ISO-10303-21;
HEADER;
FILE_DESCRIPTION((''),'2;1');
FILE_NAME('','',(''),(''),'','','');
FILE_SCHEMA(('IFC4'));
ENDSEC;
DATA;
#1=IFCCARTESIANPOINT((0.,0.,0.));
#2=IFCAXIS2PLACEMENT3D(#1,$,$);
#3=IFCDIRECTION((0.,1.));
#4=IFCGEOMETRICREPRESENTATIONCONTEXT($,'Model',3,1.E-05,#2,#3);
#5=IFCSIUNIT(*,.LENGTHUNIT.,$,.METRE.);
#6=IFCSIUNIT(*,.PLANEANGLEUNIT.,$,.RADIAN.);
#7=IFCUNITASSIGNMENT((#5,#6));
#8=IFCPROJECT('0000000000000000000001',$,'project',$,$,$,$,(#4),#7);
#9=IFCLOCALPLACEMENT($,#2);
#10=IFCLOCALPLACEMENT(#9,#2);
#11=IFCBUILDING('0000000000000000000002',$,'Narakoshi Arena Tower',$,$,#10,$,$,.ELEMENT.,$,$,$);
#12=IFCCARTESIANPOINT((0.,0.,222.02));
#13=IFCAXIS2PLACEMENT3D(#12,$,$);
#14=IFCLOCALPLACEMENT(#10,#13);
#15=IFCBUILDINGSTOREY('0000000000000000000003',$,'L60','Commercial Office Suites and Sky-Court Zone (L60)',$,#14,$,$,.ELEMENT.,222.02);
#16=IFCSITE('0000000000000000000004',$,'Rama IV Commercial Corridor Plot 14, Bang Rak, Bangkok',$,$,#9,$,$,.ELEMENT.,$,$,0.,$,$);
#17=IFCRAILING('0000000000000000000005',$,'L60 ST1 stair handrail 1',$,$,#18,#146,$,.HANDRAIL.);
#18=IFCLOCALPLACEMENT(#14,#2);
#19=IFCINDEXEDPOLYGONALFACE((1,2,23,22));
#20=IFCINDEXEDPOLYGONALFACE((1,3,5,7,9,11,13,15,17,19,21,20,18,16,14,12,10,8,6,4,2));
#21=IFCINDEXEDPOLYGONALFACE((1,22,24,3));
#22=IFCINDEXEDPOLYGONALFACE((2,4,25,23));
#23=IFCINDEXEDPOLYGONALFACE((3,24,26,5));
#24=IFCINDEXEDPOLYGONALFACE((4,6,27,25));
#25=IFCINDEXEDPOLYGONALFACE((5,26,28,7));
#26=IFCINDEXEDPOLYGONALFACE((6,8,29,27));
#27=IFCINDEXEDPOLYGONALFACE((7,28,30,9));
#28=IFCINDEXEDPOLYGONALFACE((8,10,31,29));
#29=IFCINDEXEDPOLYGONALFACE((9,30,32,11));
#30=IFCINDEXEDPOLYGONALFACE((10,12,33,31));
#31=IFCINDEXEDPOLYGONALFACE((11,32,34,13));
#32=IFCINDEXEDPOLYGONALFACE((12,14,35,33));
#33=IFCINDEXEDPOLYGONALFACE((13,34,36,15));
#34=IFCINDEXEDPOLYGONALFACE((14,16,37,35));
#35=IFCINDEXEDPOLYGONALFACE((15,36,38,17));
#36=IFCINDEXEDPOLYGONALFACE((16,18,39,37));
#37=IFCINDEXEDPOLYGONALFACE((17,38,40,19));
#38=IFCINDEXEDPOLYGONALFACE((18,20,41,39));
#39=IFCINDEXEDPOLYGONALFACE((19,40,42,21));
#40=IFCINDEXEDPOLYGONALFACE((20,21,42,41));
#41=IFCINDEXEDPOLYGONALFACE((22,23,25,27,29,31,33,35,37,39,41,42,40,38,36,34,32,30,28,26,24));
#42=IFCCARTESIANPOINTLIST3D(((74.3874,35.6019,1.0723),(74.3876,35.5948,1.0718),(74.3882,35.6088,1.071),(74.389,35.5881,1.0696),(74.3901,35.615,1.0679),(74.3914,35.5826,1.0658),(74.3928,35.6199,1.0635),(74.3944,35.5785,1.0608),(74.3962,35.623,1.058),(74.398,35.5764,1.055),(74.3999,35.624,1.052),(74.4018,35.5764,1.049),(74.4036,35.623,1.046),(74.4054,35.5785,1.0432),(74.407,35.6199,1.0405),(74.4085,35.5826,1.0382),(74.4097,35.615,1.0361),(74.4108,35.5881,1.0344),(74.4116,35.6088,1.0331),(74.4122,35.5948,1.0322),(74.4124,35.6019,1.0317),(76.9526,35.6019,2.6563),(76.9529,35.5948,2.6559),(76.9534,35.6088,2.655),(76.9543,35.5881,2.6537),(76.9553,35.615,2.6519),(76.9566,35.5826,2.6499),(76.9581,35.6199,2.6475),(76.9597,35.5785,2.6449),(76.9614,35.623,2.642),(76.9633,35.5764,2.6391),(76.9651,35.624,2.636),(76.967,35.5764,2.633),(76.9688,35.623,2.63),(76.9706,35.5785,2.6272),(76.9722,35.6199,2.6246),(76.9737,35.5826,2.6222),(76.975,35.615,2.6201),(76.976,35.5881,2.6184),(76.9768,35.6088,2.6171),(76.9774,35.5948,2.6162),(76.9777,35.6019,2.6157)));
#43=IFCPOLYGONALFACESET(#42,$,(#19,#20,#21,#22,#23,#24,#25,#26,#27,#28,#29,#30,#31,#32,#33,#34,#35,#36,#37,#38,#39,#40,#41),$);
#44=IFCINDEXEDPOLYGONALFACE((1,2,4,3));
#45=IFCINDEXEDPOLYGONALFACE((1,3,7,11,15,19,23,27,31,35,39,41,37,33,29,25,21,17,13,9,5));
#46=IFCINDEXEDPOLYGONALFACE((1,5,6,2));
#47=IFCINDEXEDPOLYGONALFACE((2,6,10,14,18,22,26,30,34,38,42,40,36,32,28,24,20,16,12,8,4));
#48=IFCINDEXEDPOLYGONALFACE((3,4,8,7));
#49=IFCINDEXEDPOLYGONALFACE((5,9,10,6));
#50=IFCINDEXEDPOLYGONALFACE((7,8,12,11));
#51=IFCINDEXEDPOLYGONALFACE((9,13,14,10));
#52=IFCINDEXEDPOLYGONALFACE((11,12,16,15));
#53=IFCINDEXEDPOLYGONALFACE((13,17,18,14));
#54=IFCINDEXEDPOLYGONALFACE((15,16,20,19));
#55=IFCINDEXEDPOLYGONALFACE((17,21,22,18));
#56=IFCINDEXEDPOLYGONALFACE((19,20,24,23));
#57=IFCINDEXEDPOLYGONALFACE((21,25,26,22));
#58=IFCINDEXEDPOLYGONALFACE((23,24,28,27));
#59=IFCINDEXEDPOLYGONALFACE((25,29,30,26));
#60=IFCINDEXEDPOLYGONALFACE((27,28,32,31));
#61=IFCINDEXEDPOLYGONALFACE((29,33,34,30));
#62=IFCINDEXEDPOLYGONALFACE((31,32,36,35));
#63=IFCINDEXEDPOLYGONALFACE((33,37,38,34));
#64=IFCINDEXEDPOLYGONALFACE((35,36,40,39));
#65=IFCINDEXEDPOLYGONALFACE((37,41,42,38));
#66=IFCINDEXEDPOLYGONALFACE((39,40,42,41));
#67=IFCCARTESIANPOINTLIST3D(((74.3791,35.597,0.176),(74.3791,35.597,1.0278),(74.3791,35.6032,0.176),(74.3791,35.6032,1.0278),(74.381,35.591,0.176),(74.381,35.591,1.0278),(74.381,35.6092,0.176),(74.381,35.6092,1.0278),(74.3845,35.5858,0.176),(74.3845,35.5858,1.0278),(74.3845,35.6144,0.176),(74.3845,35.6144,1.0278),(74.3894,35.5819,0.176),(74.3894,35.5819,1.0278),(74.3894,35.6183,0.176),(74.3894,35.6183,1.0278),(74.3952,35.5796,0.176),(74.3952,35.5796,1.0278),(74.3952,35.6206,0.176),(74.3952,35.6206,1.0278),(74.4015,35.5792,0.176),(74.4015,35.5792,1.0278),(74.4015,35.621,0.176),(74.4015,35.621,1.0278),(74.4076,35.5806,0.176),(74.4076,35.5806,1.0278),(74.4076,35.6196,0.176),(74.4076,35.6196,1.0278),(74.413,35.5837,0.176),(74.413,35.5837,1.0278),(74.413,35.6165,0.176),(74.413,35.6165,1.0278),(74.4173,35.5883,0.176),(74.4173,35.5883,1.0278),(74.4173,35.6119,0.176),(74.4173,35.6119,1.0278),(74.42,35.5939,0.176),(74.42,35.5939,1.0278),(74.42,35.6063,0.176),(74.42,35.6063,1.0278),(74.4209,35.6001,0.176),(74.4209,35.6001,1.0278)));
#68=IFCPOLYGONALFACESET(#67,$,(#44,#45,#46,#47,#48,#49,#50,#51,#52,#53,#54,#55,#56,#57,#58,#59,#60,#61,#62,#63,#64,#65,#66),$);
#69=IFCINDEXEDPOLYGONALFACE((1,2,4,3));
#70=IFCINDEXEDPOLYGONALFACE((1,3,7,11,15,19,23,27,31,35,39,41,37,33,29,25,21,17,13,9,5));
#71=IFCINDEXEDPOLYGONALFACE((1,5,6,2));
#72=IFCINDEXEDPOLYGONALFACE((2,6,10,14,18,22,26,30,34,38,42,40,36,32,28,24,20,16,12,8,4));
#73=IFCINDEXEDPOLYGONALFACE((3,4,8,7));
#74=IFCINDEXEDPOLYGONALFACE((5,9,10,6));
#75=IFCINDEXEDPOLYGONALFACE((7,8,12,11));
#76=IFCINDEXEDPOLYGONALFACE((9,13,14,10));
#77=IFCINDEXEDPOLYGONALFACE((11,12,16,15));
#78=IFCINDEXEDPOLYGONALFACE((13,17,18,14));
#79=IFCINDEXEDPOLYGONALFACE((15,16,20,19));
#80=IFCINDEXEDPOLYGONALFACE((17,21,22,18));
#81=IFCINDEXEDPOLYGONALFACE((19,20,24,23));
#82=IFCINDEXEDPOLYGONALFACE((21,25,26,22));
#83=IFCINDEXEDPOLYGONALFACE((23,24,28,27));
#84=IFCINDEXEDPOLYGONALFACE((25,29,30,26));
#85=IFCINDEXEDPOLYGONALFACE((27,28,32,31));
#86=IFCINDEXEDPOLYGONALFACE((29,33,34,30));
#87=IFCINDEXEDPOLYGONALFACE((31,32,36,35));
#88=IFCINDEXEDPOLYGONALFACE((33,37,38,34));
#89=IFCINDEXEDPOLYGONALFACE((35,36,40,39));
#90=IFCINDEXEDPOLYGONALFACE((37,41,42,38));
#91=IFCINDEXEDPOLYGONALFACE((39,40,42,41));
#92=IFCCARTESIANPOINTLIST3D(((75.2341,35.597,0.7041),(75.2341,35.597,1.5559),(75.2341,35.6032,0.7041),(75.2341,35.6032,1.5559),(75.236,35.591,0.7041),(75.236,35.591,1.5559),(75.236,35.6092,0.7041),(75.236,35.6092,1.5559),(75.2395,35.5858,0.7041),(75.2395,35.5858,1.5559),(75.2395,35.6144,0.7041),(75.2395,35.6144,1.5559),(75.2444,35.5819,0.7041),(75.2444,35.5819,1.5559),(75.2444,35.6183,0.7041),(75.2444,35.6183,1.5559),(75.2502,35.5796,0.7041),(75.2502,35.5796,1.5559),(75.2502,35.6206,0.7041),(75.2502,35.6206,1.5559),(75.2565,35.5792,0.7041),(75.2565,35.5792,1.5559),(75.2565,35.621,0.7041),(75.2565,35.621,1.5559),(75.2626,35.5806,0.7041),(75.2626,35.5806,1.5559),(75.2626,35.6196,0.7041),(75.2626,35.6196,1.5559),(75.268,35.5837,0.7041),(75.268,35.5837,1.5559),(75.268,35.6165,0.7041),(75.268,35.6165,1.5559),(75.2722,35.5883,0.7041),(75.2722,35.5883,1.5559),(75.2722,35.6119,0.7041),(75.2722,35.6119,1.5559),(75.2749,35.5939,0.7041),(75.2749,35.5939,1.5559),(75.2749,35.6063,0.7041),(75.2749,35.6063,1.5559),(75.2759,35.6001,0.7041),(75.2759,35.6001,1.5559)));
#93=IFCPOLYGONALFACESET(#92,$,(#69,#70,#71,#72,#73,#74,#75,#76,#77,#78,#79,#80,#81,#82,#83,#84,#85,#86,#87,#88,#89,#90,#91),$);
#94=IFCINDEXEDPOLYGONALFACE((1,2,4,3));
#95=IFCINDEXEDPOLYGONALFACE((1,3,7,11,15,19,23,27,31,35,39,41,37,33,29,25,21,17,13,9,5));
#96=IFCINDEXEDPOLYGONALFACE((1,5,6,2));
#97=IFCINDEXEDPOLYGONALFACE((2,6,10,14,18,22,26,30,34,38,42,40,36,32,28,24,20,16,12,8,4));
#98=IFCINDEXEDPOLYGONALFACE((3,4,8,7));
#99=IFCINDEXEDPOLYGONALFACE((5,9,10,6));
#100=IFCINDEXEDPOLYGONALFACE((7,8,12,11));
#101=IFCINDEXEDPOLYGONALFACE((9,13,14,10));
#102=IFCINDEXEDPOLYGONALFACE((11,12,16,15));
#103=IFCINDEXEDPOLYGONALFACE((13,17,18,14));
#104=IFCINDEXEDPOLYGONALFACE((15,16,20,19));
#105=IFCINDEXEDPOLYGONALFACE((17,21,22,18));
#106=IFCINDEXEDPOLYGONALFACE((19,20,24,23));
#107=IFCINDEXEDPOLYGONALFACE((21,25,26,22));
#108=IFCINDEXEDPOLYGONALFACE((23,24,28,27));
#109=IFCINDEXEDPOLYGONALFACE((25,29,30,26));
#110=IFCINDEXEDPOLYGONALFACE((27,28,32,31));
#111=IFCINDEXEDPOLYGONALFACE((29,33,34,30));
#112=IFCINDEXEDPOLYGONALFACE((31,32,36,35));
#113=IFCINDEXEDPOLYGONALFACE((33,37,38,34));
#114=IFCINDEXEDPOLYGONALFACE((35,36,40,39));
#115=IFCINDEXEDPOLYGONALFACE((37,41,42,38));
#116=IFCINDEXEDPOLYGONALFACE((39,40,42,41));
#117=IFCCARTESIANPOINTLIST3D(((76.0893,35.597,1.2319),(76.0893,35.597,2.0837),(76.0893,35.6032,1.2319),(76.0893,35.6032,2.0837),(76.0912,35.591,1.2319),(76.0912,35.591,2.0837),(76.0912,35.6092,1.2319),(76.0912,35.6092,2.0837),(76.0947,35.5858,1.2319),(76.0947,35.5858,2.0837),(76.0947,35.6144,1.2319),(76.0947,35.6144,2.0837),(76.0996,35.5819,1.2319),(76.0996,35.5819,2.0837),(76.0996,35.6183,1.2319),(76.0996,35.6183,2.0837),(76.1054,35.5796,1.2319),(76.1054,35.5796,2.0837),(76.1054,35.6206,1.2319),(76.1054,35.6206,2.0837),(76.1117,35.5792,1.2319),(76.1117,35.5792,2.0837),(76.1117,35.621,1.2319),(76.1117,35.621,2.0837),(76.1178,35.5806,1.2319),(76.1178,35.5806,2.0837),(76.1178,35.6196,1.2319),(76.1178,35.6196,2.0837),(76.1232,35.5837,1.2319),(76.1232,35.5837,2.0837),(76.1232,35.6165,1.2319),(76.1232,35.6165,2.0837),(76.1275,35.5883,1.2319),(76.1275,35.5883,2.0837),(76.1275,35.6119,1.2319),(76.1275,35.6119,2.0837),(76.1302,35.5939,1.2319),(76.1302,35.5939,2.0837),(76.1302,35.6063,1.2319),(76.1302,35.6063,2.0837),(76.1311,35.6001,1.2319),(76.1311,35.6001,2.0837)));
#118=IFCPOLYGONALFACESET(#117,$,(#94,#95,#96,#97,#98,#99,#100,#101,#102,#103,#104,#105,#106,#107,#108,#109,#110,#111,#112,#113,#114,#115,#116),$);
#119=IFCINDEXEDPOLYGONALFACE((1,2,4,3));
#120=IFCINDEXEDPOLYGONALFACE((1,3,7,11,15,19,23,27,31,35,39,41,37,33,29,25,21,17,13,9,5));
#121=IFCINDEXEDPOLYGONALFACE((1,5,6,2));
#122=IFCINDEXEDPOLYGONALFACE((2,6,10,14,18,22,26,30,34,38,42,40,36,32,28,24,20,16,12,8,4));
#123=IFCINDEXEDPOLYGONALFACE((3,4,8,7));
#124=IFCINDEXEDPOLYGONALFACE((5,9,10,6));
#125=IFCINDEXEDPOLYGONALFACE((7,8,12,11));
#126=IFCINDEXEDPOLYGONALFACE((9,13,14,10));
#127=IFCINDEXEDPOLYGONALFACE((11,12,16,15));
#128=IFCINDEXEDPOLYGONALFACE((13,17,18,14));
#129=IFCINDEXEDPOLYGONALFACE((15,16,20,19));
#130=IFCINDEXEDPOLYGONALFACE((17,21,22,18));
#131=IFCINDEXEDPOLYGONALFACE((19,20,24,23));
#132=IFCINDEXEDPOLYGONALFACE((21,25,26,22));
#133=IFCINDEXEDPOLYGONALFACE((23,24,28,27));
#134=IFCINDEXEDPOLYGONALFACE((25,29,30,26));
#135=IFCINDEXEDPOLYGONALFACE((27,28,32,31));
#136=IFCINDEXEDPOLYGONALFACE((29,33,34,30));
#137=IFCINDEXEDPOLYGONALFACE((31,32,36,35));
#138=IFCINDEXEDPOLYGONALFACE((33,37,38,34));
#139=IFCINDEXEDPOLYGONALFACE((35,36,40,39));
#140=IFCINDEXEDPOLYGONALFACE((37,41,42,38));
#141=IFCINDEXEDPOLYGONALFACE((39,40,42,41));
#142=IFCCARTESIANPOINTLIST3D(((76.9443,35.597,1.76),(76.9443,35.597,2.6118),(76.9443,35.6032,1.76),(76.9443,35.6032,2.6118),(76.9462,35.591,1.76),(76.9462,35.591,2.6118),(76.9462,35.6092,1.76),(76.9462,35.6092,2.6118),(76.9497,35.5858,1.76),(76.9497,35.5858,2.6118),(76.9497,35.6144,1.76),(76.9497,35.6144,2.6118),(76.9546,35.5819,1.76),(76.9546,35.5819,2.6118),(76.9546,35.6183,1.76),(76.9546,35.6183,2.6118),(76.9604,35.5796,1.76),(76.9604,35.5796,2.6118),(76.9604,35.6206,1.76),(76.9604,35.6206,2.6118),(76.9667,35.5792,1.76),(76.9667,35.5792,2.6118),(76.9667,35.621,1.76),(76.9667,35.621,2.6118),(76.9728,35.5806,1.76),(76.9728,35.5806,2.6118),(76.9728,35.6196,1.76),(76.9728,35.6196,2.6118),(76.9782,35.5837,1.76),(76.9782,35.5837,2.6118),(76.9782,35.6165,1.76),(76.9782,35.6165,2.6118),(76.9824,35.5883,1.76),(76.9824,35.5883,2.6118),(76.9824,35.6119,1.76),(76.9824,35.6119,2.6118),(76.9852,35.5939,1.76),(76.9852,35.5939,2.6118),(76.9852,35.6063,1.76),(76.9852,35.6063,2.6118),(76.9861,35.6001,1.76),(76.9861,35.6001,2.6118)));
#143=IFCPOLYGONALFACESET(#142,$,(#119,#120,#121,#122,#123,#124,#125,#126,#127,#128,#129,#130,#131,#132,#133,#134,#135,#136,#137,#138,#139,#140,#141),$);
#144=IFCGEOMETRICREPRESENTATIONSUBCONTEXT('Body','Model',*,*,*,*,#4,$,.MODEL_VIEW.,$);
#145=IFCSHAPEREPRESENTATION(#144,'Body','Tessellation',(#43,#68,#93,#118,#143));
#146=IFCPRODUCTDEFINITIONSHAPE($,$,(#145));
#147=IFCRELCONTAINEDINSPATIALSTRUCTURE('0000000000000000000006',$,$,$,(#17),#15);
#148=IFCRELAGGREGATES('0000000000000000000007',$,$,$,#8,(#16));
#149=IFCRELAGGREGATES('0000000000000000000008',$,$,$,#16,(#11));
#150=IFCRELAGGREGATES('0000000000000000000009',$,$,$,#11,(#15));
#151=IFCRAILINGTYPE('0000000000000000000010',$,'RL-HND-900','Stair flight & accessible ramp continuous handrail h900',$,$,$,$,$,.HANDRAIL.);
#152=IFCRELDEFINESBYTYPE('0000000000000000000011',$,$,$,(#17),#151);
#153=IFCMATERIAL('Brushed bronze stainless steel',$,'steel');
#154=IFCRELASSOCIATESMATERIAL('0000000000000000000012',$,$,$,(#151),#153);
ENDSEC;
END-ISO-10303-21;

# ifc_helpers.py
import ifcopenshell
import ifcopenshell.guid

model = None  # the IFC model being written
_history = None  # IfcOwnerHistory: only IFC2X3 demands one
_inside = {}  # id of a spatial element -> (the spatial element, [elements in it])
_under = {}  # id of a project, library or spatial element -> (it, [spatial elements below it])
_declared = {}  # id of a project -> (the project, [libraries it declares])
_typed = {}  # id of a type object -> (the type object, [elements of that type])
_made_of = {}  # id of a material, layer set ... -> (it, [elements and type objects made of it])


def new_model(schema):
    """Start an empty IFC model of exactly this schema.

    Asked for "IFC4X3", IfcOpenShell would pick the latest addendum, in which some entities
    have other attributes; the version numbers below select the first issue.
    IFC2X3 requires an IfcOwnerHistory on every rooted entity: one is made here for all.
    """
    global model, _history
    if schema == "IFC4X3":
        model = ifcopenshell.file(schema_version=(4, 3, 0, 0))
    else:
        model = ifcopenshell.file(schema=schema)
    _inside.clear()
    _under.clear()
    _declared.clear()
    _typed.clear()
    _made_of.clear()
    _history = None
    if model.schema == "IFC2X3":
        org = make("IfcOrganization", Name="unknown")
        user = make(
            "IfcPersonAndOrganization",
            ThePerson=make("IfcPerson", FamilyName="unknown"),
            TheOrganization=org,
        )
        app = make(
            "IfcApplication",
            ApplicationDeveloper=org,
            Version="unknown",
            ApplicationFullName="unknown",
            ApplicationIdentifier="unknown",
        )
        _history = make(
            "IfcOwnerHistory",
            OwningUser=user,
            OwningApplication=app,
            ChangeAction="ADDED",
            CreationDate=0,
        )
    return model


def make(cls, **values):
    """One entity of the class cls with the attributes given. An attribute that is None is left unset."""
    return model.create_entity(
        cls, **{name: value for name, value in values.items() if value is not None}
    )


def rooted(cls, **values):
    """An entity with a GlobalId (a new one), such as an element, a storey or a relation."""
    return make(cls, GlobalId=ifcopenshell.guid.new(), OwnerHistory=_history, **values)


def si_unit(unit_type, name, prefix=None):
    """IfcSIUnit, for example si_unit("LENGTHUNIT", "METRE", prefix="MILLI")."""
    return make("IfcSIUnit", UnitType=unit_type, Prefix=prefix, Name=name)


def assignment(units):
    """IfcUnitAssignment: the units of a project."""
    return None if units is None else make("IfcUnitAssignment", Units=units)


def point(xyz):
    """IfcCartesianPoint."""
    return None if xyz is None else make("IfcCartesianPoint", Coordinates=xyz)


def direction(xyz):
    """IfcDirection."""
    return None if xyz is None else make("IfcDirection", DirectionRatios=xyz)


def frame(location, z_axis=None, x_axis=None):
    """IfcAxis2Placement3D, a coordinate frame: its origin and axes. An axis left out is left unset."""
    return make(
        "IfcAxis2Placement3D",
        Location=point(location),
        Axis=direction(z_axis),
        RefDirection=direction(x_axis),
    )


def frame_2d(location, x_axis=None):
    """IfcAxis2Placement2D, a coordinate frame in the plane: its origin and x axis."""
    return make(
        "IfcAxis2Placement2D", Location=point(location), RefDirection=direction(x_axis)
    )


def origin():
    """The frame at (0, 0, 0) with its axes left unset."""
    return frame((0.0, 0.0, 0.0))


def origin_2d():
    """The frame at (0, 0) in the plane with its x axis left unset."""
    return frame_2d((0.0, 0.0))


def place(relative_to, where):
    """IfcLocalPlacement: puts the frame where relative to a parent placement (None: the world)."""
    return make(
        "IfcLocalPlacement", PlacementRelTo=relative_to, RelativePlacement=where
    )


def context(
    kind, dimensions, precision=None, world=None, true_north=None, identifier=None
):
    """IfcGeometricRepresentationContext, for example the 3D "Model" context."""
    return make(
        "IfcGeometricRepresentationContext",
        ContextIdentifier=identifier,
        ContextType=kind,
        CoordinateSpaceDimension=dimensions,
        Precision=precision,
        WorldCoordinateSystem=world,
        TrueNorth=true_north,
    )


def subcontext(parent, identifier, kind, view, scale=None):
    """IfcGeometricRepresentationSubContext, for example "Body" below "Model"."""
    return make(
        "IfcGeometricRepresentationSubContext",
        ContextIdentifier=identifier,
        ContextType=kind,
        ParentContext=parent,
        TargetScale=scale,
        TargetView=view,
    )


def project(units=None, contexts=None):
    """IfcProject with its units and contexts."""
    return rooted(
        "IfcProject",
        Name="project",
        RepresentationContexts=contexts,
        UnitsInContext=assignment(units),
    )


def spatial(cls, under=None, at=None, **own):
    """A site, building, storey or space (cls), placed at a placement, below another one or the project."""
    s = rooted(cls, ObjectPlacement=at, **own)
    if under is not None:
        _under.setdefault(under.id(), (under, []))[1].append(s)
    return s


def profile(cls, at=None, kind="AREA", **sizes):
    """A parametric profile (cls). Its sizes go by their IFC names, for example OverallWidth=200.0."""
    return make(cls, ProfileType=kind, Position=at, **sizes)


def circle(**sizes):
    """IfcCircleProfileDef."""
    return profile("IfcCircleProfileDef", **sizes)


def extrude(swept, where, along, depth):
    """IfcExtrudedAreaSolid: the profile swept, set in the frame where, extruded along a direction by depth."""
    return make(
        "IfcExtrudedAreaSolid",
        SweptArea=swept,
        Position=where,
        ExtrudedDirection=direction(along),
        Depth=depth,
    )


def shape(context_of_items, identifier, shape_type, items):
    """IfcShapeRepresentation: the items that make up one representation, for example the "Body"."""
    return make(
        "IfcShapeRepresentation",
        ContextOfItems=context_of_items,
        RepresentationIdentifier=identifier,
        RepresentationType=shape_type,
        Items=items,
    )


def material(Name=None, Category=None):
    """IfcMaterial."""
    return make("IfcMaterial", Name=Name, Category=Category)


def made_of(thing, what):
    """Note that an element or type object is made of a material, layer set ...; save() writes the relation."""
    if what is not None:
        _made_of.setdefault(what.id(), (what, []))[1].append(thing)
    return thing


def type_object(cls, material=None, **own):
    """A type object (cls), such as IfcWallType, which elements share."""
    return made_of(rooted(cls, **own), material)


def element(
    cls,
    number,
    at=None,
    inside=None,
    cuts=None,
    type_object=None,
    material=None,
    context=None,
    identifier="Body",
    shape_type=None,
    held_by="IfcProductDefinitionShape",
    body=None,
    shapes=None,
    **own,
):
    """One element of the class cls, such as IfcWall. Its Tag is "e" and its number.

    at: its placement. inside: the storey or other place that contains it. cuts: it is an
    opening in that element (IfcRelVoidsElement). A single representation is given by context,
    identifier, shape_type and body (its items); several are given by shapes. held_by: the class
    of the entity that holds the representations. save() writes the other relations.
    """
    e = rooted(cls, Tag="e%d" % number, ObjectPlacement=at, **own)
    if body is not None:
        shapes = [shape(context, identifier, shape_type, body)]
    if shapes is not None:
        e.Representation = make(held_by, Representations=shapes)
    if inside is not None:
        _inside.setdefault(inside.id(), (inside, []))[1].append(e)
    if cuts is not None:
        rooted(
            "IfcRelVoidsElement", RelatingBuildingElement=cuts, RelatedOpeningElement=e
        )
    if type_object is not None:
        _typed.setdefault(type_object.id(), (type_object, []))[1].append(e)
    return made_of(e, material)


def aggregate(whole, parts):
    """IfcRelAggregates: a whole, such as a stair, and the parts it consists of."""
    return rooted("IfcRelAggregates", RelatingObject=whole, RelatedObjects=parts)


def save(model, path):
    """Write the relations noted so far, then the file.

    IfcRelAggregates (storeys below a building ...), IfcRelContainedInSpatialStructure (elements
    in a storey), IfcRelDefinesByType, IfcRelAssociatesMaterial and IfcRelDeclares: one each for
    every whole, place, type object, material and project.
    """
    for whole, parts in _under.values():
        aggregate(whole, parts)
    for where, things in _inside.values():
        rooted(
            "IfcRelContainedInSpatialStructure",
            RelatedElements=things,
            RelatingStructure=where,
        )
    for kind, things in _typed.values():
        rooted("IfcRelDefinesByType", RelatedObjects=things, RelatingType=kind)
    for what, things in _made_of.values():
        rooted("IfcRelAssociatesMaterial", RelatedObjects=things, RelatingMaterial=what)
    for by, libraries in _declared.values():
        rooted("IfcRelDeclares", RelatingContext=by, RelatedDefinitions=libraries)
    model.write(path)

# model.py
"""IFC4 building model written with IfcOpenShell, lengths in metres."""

from ifc_helpers import new_model, si_unit, direction, frame, origin, origin_2d, place, context, subcontext, project, spatial, circle, extrude, material, type_object, element, save


model = new_model("IFC4")

# Units and contexts
model_context = context("Model", 3, precision=1e-05, world=origin(), true_north=direction((0.0, 1.0)))
body_context = subcontext(model_context, "Body", "Model", "MODEL_VIEW")
ifc_project = project(units=[si_unit("LENGTHUNIT", "METRE"), si_unit("PLANEANGLEUNIT", "RADIAN")], contexts=[model_context])

# Site, building, storey
site_placement = place(None, origin())
site = spatial("IfcSite", under=ifc_project, at=site_placement, Name="Rama IV Commercial Corridor Plot 14, Bang Rak, Bangkok", CompositionType="ELEMENT", RefElevation=0.0)
building_placement = place(site_placement, origin())
building = spatial("IfcBuilding", under=site, at=building_placement, Name="Narakoshi Arena Tower", CompositionType="ELEMENT")
storey_placement = place(building_placement, frame((0.0, 0.0, 222.02)))
storey = spatial("IfcBuildingStorey", under=building, at=storey_placement, Name="L60", Description="Commercial Office Suites and Sky-Court Zone (L60)", CompositionType="ELEMENT", Elevation=222.02)

# Railing
ifc_material_1 = material(Name="Brushed bronze stainless steel", Category="steel")
railing_type_1 = type_object("IfcRailingType", Name="RL-HND-900", Description="Stair flight & accessible ramp continuous handrail h900", PredefinedType="HANDRAIL", material=ifc_material_1)
railing_1_placement = place(storey_placement, frame((74.3999, 35.6001, 0.176)))
element("IfcRailing", 1, at=railing_1_placement, inside=storey, type_object=railing_type_1, Name="L60 ST1 stair handrail 1", PredefinedType="HANDRAIL", context=body_context, shape_type="SweptSolid", body=[
    extrude(circle(Radius=0.0239, at=origin_2d()), frame((0.0, 0.0, 0.876), z_axis=(0.850857, 0.0, 0.525398), x_axis=(0.0, 1.0, 0.0)), (0.0, 0.0, 1.0), 3.0149),
    extrude(circle(Radius=0.021, at=origin_2d()), origin(), (0.0, 0.0, 1.0), 0.8518),
    extrude(circle(Radius=0.021, at=origin_2d()), frame((0.855, 0.0, 0.5281)), (0.0, 0.0, 1.0), 0.8518),
    extrude(circle(Radius=0.021, at=origin_2d()), frame((1.7102, 0.0, 1.0559)), (0.0, 0.0, 1.0), 0.8518),
    extrude(circle(Radius=0.021, at=origin_2d()), frame((2.5652, 0.0, 1.584)), (0.0, 0.0, 1.0), 0.8518),
])

save(model, "model.ifc")
